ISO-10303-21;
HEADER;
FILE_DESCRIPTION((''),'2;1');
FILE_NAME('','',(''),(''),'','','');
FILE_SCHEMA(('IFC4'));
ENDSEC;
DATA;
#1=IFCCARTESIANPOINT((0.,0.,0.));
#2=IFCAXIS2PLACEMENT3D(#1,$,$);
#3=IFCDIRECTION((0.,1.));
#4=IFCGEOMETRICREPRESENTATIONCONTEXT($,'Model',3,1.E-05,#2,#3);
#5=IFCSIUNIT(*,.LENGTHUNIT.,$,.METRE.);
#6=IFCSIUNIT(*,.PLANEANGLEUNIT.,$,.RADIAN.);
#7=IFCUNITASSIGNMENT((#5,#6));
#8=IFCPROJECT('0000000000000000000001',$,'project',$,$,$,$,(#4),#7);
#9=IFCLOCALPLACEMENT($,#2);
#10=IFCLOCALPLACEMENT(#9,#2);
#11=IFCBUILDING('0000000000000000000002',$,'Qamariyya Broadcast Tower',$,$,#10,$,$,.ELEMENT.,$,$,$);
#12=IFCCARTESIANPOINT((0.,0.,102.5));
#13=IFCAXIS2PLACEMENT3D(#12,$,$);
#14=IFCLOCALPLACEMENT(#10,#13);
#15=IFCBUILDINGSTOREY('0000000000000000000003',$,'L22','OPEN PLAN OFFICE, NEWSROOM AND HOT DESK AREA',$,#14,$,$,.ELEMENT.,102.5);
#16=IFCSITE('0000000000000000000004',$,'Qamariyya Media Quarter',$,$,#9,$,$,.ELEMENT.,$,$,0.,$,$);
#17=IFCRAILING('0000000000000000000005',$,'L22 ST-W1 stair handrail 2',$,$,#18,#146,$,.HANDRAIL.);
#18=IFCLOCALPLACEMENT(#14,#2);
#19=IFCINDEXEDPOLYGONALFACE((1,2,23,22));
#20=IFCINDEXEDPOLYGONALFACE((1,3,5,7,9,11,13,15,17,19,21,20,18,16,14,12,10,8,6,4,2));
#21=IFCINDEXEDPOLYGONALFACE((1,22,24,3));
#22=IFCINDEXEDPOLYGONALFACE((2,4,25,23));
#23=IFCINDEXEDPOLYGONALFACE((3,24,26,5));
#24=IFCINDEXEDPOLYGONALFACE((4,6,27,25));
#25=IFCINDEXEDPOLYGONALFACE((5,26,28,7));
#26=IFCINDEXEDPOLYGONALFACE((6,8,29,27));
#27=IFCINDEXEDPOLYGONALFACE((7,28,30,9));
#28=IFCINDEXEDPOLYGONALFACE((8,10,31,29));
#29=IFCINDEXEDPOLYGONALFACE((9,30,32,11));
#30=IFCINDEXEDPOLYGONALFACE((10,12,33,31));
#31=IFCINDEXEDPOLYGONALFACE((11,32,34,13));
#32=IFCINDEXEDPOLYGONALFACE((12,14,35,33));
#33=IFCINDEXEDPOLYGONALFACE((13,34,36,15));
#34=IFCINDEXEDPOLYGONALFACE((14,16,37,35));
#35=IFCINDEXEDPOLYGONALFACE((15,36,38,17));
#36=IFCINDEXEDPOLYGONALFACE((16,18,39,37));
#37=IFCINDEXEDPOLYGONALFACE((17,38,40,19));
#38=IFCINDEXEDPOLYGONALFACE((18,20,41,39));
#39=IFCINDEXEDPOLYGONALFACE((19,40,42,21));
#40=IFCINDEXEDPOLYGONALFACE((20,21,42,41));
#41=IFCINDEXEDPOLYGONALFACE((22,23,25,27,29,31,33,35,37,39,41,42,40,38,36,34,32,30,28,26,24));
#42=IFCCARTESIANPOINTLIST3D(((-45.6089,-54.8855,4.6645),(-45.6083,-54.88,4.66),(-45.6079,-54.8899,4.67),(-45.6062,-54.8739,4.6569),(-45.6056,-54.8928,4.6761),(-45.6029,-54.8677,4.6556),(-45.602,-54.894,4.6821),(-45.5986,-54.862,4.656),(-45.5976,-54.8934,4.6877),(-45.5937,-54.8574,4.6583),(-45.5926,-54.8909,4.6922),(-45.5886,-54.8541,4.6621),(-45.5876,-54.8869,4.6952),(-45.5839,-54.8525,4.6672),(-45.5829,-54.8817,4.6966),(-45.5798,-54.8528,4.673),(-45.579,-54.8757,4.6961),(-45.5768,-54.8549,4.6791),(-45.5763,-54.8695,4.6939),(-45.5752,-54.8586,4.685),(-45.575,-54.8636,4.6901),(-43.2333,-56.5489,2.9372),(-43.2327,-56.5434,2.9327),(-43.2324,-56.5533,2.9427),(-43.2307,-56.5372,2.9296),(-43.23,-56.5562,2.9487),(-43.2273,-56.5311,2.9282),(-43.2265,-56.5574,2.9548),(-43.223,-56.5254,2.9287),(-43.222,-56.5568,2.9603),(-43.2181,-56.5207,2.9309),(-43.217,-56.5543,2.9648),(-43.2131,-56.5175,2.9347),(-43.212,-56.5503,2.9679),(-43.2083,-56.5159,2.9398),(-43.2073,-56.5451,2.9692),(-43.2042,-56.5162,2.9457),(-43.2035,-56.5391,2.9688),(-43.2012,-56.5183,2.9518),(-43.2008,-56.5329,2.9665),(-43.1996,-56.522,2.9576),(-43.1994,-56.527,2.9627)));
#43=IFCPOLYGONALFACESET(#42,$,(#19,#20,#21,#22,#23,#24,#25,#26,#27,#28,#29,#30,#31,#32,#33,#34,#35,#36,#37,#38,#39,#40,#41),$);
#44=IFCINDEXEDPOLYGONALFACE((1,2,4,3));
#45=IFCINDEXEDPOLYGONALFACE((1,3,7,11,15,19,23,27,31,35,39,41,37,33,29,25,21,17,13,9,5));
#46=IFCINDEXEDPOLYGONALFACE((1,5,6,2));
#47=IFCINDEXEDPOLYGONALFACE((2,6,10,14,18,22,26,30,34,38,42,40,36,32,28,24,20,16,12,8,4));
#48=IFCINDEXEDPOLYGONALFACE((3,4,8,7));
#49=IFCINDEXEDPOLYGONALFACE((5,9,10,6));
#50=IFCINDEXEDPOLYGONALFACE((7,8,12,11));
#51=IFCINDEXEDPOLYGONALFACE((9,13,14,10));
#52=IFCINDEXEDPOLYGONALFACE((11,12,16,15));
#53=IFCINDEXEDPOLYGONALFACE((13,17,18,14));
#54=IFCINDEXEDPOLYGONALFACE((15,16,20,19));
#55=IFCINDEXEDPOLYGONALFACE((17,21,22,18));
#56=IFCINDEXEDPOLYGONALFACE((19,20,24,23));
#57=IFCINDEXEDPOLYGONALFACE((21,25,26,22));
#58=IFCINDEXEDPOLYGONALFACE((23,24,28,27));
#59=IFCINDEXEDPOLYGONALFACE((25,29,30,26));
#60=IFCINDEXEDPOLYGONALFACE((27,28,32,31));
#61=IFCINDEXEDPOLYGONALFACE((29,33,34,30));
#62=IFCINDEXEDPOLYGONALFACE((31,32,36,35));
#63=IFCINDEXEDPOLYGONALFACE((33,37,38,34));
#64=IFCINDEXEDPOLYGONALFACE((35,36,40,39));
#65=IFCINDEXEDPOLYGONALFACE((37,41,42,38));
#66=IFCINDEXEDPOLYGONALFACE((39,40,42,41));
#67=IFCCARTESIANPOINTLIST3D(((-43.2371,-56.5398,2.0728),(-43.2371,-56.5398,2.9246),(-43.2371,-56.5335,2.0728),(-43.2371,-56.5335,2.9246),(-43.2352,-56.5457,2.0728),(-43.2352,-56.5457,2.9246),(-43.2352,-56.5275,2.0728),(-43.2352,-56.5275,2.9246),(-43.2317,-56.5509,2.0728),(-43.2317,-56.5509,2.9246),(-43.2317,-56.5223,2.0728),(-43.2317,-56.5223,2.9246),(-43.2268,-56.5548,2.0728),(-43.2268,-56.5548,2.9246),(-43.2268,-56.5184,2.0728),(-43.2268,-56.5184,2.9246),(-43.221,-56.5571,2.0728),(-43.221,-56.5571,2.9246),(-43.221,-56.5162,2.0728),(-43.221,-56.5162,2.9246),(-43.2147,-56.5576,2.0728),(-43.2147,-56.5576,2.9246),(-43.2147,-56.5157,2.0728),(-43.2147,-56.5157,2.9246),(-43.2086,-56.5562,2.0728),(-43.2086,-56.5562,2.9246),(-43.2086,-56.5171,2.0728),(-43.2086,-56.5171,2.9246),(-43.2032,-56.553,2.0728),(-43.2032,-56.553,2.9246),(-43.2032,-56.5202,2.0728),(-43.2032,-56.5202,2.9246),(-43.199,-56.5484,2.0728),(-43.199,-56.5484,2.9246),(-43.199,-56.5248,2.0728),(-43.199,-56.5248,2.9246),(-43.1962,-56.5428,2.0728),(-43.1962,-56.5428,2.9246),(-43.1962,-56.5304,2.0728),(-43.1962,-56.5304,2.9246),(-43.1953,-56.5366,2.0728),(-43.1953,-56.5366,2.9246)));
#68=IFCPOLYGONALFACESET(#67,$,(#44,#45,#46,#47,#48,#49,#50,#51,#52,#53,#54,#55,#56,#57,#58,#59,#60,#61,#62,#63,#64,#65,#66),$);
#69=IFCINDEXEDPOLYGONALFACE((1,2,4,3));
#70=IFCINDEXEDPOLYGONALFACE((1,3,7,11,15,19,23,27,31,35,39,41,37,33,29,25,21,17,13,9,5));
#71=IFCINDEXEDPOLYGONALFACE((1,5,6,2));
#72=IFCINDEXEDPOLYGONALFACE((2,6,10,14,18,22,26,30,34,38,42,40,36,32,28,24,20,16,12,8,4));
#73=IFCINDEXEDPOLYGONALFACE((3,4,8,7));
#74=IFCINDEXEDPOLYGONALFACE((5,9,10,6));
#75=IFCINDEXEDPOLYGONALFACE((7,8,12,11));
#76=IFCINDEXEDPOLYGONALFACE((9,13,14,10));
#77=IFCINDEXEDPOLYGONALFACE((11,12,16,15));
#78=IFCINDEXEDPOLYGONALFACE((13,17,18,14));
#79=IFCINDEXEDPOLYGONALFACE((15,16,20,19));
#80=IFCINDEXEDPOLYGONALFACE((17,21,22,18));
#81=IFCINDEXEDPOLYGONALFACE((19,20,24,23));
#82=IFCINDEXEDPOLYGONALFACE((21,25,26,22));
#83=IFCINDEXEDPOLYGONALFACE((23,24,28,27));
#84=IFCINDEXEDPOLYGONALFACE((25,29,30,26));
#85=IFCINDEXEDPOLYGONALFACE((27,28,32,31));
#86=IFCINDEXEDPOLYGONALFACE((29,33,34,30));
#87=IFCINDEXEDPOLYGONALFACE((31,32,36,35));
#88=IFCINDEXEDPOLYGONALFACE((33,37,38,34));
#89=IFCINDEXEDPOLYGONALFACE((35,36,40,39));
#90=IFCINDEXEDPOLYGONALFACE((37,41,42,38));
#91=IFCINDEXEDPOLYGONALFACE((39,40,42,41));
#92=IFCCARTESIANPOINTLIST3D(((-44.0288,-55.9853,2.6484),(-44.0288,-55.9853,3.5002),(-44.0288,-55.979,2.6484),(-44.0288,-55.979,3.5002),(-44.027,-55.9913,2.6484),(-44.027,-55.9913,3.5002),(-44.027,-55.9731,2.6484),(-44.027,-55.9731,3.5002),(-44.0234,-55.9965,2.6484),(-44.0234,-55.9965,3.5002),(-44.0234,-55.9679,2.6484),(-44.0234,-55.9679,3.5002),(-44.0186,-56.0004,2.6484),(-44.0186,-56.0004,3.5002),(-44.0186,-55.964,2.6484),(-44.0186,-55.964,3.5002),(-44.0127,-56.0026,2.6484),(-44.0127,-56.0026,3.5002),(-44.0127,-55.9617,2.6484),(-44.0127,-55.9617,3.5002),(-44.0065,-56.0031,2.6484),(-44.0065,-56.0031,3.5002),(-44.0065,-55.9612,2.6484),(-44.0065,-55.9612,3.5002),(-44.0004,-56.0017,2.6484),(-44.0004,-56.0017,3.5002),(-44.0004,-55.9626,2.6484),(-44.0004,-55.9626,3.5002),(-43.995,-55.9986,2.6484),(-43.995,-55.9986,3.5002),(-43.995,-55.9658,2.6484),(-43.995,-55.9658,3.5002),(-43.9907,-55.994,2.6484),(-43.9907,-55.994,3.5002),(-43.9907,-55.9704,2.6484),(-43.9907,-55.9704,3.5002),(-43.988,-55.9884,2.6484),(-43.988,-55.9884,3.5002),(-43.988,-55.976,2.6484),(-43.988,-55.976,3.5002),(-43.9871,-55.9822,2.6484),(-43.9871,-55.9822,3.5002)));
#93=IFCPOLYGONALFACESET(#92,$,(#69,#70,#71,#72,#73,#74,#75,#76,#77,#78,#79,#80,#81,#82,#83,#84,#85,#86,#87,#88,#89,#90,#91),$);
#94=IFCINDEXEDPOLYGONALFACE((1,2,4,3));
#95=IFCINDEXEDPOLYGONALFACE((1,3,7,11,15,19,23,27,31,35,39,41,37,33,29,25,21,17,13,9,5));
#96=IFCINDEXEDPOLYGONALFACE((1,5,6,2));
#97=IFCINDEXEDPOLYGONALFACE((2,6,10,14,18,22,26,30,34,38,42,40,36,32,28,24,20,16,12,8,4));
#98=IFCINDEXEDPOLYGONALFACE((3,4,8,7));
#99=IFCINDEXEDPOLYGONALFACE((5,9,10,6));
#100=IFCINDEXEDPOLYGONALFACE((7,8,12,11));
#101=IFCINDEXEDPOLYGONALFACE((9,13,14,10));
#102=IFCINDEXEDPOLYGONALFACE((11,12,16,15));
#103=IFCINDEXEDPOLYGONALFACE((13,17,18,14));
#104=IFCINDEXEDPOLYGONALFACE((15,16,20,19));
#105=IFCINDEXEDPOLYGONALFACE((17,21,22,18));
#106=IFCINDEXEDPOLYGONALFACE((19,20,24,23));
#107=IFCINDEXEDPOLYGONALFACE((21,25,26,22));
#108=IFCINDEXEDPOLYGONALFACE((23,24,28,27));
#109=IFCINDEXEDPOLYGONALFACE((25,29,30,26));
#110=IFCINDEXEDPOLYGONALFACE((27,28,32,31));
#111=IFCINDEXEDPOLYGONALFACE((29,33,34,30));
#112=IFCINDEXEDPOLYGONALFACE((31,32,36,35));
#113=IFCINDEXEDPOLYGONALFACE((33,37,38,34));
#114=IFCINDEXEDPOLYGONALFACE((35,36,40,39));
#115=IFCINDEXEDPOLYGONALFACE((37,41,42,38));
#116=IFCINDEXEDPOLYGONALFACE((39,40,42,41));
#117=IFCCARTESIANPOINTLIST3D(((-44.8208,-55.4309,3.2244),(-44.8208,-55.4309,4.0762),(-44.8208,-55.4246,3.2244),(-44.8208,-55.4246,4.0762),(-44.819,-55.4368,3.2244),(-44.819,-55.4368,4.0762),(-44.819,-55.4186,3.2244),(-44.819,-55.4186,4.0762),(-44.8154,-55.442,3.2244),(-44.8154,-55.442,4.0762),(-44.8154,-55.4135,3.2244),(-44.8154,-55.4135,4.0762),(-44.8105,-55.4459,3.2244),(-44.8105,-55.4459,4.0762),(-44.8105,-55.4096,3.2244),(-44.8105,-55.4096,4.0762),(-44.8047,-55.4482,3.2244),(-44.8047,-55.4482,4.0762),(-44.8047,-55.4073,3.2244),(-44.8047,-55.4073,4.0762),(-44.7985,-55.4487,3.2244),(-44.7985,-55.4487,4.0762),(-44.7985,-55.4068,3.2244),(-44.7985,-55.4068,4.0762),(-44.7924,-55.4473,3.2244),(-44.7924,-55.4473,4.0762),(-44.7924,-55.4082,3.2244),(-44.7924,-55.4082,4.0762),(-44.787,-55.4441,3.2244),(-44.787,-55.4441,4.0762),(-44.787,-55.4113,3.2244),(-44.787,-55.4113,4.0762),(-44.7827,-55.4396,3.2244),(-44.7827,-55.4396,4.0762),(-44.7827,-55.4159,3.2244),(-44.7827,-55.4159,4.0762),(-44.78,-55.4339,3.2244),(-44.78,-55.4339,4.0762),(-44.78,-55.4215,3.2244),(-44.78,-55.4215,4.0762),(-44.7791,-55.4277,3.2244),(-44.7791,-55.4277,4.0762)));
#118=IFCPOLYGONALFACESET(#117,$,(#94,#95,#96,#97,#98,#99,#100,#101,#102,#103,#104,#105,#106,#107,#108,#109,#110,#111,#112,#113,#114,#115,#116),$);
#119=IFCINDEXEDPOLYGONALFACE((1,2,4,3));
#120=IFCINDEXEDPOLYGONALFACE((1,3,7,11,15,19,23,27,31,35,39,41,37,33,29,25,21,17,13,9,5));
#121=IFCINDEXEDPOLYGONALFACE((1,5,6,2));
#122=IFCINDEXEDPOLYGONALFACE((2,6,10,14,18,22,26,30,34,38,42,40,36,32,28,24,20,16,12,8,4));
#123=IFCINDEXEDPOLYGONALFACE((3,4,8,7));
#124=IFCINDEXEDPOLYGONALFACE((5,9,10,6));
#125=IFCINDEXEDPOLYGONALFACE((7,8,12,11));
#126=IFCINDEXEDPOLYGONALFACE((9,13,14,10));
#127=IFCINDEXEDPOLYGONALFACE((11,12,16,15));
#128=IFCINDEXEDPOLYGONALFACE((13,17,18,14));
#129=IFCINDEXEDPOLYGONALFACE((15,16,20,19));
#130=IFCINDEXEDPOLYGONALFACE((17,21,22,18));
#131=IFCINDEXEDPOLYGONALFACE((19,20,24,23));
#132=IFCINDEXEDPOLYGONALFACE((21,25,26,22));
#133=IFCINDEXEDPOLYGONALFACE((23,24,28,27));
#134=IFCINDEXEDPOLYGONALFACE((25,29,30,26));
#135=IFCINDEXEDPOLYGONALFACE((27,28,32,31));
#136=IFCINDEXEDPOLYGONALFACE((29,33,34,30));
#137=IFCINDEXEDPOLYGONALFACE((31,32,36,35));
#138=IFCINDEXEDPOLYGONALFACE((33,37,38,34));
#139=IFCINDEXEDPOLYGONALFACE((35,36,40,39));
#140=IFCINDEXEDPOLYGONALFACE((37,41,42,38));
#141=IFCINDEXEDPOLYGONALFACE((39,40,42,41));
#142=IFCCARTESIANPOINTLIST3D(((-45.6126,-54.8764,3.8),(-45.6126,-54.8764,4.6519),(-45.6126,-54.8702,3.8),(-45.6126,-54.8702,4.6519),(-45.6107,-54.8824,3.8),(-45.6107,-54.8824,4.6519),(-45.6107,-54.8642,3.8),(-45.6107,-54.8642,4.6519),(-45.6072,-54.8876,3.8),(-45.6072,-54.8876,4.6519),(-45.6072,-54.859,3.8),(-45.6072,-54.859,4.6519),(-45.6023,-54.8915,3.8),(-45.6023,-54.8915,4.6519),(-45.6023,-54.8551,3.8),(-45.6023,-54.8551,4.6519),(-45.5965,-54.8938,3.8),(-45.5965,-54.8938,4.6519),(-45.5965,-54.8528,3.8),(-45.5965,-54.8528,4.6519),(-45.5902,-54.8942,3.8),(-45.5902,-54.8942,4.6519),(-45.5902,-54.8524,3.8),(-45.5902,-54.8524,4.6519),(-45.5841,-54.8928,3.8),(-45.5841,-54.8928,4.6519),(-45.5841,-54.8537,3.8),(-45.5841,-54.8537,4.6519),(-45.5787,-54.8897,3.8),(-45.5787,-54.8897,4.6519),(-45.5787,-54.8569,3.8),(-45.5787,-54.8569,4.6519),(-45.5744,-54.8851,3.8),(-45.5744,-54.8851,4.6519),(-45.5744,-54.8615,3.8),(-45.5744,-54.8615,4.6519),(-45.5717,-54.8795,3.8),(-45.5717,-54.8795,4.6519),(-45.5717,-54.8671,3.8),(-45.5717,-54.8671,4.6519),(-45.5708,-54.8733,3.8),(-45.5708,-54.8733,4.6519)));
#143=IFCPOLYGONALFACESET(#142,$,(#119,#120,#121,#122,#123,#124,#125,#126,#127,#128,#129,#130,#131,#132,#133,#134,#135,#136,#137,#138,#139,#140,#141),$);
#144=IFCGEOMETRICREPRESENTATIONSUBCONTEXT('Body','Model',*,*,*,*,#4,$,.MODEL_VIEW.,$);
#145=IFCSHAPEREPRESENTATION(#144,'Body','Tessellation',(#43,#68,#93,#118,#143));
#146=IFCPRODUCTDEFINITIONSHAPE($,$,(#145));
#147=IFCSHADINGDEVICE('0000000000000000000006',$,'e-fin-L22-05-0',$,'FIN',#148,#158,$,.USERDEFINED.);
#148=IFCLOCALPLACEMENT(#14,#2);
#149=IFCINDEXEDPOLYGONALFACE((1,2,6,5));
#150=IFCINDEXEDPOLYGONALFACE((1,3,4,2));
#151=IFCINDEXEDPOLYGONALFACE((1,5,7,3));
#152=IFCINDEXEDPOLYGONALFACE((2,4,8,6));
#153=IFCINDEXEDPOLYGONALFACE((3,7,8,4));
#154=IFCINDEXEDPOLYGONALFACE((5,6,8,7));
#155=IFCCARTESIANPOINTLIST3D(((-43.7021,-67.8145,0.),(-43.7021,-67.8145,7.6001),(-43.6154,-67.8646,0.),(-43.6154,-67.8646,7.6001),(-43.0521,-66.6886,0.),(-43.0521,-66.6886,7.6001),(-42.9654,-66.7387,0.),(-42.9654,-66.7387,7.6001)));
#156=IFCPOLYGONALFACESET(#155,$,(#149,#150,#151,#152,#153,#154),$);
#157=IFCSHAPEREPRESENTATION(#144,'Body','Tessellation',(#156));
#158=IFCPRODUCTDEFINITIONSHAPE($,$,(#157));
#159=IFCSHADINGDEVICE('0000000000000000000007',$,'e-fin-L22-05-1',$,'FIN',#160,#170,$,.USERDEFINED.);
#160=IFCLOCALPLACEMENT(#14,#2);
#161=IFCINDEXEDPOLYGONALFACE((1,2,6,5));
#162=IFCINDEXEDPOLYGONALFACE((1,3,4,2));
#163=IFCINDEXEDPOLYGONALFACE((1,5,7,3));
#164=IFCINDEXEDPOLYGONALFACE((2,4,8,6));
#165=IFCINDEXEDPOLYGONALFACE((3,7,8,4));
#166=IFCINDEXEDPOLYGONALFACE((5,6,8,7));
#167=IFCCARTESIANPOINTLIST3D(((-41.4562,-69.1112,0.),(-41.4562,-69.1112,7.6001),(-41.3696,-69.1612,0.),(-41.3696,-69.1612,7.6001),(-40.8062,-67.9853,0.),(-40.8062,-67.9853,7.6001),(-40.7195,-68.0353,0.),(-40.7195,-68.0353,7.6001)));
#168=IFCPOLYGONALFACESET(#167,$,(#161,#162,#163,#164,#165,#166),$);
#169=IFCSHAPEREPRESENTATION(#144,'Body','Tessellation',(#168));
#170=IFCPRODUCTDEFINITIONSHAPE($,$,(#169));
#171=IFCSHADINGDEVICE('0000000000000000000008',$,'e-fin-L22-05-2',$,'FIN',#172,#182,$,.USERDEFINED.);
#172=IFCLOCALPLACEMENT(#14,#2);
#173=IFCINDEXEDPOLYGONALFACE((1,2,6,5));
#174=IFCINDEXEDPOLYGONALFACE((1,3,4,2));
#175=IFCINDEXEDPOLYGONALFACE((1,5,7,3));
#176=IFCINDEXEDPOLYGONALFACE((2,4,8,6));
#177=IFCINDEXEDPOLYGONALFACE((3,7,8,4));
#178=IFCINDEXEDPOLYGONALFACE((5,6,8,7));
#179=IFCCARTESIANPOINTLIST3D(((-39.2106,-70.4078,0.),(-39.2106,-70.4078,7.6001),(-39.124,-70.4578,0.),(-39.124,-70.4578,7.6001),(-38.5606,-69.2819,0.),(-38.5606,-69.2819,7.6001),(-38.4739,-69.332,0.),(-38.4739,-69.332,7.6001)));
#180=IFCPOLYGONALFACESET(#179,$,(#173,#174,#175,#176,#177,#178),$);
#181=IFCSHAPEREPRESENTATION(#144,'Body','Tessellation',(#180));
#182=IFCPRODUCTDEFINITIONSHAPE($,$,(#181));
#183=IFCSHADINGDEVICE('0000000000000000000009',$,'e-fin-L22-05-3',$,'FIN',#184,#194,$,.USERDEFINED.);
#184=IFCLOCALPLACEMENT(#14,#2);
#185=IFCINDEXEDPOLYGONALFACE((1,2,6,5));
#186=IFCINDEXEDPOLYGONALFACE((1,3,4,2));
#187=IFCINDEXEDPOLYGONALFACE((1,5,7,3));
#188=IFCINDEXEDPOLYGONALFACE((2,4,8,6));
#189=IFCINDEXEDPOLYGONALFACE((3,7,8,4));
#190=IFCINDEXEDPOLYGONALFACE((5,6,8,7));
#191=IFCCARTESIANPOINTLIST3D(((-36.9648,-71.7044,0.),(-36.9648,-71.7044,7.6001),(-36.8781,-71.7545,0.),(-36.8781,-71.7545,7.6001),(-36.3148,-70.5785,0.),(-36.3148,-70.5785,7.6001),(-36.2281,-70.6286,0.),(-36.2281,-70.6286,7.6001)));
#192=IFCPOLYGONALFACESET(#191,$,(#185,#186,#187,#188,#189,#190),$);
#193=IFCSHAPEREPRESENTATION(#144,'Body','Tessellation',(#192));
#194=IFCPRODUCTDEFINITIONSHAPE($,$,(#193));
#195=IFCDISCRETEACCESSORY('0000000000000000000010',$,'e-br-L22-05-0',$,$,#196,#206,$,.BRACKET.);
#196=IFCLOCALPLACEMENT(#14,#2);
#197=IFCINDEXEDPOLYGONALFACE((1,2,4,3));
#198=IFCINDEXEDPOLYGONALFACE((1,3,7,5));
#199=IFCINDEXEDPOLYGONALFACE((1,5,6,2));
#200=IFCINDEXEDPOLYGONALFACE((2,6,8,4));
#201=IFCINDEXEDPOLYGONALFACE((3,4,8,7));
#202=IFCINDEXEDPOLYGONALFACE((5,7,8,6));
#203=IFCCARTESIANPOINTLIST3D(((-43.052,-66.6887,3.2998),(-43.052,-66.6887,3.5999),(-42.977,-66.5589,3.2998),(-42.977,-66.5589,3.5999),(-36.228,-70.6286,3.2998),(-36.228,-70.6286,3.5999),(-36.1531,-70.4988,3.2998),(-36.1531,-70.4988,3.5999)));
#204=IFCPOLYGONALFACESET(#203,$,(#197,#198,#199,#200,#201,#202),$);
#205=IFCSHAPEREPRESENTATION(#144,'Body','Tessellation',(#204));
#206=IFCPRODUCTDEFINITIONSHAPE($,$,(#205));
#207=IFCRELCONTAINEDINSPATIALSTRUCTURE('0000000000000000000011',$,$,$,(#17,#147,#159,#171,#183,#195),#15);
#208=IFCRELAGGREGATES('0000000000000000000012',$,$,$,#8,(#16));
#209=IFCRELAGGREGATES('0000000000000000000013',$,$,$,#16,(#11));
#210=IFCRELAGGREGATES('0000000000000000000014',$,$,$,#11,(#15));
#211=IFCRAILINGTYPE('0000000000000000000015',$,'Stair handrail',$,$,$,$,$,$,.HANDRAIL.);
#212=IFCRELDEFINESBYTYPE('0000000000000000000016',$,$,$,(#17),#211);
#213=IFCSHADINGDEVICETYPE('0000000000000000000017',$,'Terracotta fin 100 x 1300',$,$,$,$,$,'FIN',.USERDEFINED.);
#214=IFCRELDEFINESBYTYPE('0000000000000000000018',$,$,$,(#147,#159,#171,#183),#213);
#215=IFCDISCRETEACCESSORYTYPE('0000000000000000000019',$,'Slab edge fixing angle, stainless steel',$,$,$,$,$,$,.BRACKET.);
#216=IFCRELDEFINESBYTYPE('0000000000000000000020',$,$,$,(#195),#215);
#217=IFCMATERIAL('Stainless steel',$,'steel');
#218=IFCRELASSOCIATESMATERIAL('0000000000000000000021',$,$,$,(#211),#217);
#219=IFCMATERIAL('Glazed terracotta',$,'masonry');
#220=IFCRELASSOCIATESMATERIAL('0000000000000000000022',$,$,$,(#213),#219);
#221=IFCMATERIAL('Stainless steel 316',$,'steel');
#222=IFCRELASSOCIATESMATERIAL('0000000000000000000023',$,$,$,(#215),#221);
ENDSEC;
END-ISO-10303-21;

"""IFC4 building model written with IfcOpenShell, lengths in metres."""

from ifc_helpers import new_model, si_unit, direction, frame, origin, origin_2d, place, context, subcontext, project, spatial, rectangle, circle, extrude, material, material_profile, profile_set, type_object, element, save


model = new_model("IFC4")

# Units and contexts
model_context = context("Model", 3, precision=1e-05, world=origin(), true_north=direction((0.0, 1.0)))
body_context = subcontext(model_context, "Body", "Model", "MODEL_VIEW")
ifc_project = project(units=[si_unit("LENGTHUNIT", "METRE"), si_unit("PLANEANGLEUNIT", "RADIAN")], contexts=[model_context])

# Site, building, storey
site_placement = place(None, origin())
site = spatial("IfcSite", under=ifc_project, at=site_placement, Name="Qamariyya Media Quarter", CompositionType="ELEMENT", RefElevation=0.0)
building_placement = place(site_placement, origin())
building = spatial("IfcBuilding", under=site, at=building_placement, Name="Qamariyya Broadcast Tower", CompositionType="ELEMENT")
storey_placement = place(building_placement, frame((0.0, 0.0, 102.5)))
storey = spatial("IfcBuildingStorey", under=building, at=storey_placement, Name="L22", Description="OPEN PLAN OFFICE, NEWSROOM AND HOT DESK AREA", CompositionType="ELEMENT", Elevation=102.5)

# Railing
ifc_material_1 = material(Name="Stainless steel", Category="steel")
railing_type = type_object("IfcRailingType", Name="Stair handrail", PredefinedType="HANDRAIL", material=ifc_material_1)
railing_placement = place(storey_placement, frame((-43.2163, -56.5366, 2.0728)))
element("IfcRailing", 1, at=railing_placement, inside=storey, type_object=railing_type, Name="L22 ST-W1 stair handrail 2", PredefinedType="HANDRAIL", context=body_context, shape_type="SweptSolid", body=[
    extrude(circle(Radius=0.0239, at=origin_2d()), frame((0.0, 0.0, 0.876), z_axis=(-0.70377, 0.492784, 0.511734), x_axis=(-0.573575, -0.819153, 0.0)), (0.0, 0.0, 1.0), 3.3755),
    extrude(circle(Radius=0.021, at=origin_2d()), origin(), (0.0, 0.0, 1.0), 0.8518),
    extrude(circle(Radius=0.021, at=origin_2d()), frame((-0.7917, 0.5544, 0.5757)), (0.0, 0.0, 1.0), 0.8518),
    extrude(circle(Radius=0.021, at=origin_2d()), frame((-1.5837, 1.1089, 1.1516)), (0.0, 0.0, 1.0), 0.8518),
    extrude(circle(Radius=0.021, at=origin_2d()), frame((-2.3755, 1.6633, 1.7273)), (0.0, 0.0, 1.0), 0.8518),
])

# Shading devices
ifc_material_2 = material(Name="Glazed terracotta", Category="masonry")
ifc_material_profile_1 = material_profile(ifc_material_2, rectangle(XDim=1.3, YDim=0.1001, at=origin_2d()))
ifc_profile_set_1 = profile_set([ifc_material_profile_1], Name="Glazed terracotta")
shading_device_type_1 = type_object("IfcShadingDeviceType", Name="Terracotta fin 100 x 1300", ElementType="FIN", PredefinedType="USERDEFINED", material=ifc_profile_set_1)
for number, where, z_axis, x_axis, name in (
    (2, (-43.3337, -67.2766, 0.0), (0.0, 0.0, 1.0), (-0.5, -0.866025, 0.0), "e-fin-L22-05-0"),
    (3, (-41.0879, -68.5732, 0.0), (0.0, 0.0, 1.0), (-0.5, -0.866025, 0.0), "e-fin-L22-05-1"),
    (4, (-38.8423, -69.8699, 0.0), (0.0, 0.0, 1.0), (-0.5, -0.866025, 0.0), "e-fin-L22-05-2"),
    (5, (-36.5964, -71.1665, 0.0), (0.0, 0.0, 1.0), (-0.5, -0.866025, 0.0), "e-fin-L22-05-3"),
):
    element("IfcShadingDevice", number, at=place(storey_placement, frame(where, z_axis=z_axis, x_axis=x_axis)), inside=storey, type_object=shading_device_type_1, Name=name, ObjectType="FIN", PredefinedType="USERDEFINED", context=body_context, shape_type="SweptSolid", body=[
        extrude(rectangle(XDim=1.3, YDim=0.1001, at=origin_2d()), origin(), (0.0, 0.0, 1.0), 7.6001),
    ])

# Discrete accessory
ifc_material_3 = material(Name="Stainless steel 316", Category="steel")
discrete_accessory_type = type_object("IfcDiscreteAccessoryType", Name="Slab edge fixing angle, stainless steel", PredefinedType="BRACKET", material=ifc_material_3)
discrete_accessory_placement = place(storey_placement, frame((-39.6025, -68.5938, 3.2998), z_axis=(0.0, 0.0, 1.0), x_axis=(0.866025, -0.5, 0.0)))
element("IfcDiscreteAccessory", 6, at=discrete_accessory_placement, inside=storey, type_object=discrete_accessory_type, Name="e-br-L22-05-0", PredefinedType="BRACKET", context=body_context, shape_type="SweptSolid", body=[
    extrude(rectangle(XDim=7.8796, YDim=0.1499, at=origin_2d()), origin(), (0.0, 0.0, 1.0), 0.3),
])

save(model, "model.ifc")
